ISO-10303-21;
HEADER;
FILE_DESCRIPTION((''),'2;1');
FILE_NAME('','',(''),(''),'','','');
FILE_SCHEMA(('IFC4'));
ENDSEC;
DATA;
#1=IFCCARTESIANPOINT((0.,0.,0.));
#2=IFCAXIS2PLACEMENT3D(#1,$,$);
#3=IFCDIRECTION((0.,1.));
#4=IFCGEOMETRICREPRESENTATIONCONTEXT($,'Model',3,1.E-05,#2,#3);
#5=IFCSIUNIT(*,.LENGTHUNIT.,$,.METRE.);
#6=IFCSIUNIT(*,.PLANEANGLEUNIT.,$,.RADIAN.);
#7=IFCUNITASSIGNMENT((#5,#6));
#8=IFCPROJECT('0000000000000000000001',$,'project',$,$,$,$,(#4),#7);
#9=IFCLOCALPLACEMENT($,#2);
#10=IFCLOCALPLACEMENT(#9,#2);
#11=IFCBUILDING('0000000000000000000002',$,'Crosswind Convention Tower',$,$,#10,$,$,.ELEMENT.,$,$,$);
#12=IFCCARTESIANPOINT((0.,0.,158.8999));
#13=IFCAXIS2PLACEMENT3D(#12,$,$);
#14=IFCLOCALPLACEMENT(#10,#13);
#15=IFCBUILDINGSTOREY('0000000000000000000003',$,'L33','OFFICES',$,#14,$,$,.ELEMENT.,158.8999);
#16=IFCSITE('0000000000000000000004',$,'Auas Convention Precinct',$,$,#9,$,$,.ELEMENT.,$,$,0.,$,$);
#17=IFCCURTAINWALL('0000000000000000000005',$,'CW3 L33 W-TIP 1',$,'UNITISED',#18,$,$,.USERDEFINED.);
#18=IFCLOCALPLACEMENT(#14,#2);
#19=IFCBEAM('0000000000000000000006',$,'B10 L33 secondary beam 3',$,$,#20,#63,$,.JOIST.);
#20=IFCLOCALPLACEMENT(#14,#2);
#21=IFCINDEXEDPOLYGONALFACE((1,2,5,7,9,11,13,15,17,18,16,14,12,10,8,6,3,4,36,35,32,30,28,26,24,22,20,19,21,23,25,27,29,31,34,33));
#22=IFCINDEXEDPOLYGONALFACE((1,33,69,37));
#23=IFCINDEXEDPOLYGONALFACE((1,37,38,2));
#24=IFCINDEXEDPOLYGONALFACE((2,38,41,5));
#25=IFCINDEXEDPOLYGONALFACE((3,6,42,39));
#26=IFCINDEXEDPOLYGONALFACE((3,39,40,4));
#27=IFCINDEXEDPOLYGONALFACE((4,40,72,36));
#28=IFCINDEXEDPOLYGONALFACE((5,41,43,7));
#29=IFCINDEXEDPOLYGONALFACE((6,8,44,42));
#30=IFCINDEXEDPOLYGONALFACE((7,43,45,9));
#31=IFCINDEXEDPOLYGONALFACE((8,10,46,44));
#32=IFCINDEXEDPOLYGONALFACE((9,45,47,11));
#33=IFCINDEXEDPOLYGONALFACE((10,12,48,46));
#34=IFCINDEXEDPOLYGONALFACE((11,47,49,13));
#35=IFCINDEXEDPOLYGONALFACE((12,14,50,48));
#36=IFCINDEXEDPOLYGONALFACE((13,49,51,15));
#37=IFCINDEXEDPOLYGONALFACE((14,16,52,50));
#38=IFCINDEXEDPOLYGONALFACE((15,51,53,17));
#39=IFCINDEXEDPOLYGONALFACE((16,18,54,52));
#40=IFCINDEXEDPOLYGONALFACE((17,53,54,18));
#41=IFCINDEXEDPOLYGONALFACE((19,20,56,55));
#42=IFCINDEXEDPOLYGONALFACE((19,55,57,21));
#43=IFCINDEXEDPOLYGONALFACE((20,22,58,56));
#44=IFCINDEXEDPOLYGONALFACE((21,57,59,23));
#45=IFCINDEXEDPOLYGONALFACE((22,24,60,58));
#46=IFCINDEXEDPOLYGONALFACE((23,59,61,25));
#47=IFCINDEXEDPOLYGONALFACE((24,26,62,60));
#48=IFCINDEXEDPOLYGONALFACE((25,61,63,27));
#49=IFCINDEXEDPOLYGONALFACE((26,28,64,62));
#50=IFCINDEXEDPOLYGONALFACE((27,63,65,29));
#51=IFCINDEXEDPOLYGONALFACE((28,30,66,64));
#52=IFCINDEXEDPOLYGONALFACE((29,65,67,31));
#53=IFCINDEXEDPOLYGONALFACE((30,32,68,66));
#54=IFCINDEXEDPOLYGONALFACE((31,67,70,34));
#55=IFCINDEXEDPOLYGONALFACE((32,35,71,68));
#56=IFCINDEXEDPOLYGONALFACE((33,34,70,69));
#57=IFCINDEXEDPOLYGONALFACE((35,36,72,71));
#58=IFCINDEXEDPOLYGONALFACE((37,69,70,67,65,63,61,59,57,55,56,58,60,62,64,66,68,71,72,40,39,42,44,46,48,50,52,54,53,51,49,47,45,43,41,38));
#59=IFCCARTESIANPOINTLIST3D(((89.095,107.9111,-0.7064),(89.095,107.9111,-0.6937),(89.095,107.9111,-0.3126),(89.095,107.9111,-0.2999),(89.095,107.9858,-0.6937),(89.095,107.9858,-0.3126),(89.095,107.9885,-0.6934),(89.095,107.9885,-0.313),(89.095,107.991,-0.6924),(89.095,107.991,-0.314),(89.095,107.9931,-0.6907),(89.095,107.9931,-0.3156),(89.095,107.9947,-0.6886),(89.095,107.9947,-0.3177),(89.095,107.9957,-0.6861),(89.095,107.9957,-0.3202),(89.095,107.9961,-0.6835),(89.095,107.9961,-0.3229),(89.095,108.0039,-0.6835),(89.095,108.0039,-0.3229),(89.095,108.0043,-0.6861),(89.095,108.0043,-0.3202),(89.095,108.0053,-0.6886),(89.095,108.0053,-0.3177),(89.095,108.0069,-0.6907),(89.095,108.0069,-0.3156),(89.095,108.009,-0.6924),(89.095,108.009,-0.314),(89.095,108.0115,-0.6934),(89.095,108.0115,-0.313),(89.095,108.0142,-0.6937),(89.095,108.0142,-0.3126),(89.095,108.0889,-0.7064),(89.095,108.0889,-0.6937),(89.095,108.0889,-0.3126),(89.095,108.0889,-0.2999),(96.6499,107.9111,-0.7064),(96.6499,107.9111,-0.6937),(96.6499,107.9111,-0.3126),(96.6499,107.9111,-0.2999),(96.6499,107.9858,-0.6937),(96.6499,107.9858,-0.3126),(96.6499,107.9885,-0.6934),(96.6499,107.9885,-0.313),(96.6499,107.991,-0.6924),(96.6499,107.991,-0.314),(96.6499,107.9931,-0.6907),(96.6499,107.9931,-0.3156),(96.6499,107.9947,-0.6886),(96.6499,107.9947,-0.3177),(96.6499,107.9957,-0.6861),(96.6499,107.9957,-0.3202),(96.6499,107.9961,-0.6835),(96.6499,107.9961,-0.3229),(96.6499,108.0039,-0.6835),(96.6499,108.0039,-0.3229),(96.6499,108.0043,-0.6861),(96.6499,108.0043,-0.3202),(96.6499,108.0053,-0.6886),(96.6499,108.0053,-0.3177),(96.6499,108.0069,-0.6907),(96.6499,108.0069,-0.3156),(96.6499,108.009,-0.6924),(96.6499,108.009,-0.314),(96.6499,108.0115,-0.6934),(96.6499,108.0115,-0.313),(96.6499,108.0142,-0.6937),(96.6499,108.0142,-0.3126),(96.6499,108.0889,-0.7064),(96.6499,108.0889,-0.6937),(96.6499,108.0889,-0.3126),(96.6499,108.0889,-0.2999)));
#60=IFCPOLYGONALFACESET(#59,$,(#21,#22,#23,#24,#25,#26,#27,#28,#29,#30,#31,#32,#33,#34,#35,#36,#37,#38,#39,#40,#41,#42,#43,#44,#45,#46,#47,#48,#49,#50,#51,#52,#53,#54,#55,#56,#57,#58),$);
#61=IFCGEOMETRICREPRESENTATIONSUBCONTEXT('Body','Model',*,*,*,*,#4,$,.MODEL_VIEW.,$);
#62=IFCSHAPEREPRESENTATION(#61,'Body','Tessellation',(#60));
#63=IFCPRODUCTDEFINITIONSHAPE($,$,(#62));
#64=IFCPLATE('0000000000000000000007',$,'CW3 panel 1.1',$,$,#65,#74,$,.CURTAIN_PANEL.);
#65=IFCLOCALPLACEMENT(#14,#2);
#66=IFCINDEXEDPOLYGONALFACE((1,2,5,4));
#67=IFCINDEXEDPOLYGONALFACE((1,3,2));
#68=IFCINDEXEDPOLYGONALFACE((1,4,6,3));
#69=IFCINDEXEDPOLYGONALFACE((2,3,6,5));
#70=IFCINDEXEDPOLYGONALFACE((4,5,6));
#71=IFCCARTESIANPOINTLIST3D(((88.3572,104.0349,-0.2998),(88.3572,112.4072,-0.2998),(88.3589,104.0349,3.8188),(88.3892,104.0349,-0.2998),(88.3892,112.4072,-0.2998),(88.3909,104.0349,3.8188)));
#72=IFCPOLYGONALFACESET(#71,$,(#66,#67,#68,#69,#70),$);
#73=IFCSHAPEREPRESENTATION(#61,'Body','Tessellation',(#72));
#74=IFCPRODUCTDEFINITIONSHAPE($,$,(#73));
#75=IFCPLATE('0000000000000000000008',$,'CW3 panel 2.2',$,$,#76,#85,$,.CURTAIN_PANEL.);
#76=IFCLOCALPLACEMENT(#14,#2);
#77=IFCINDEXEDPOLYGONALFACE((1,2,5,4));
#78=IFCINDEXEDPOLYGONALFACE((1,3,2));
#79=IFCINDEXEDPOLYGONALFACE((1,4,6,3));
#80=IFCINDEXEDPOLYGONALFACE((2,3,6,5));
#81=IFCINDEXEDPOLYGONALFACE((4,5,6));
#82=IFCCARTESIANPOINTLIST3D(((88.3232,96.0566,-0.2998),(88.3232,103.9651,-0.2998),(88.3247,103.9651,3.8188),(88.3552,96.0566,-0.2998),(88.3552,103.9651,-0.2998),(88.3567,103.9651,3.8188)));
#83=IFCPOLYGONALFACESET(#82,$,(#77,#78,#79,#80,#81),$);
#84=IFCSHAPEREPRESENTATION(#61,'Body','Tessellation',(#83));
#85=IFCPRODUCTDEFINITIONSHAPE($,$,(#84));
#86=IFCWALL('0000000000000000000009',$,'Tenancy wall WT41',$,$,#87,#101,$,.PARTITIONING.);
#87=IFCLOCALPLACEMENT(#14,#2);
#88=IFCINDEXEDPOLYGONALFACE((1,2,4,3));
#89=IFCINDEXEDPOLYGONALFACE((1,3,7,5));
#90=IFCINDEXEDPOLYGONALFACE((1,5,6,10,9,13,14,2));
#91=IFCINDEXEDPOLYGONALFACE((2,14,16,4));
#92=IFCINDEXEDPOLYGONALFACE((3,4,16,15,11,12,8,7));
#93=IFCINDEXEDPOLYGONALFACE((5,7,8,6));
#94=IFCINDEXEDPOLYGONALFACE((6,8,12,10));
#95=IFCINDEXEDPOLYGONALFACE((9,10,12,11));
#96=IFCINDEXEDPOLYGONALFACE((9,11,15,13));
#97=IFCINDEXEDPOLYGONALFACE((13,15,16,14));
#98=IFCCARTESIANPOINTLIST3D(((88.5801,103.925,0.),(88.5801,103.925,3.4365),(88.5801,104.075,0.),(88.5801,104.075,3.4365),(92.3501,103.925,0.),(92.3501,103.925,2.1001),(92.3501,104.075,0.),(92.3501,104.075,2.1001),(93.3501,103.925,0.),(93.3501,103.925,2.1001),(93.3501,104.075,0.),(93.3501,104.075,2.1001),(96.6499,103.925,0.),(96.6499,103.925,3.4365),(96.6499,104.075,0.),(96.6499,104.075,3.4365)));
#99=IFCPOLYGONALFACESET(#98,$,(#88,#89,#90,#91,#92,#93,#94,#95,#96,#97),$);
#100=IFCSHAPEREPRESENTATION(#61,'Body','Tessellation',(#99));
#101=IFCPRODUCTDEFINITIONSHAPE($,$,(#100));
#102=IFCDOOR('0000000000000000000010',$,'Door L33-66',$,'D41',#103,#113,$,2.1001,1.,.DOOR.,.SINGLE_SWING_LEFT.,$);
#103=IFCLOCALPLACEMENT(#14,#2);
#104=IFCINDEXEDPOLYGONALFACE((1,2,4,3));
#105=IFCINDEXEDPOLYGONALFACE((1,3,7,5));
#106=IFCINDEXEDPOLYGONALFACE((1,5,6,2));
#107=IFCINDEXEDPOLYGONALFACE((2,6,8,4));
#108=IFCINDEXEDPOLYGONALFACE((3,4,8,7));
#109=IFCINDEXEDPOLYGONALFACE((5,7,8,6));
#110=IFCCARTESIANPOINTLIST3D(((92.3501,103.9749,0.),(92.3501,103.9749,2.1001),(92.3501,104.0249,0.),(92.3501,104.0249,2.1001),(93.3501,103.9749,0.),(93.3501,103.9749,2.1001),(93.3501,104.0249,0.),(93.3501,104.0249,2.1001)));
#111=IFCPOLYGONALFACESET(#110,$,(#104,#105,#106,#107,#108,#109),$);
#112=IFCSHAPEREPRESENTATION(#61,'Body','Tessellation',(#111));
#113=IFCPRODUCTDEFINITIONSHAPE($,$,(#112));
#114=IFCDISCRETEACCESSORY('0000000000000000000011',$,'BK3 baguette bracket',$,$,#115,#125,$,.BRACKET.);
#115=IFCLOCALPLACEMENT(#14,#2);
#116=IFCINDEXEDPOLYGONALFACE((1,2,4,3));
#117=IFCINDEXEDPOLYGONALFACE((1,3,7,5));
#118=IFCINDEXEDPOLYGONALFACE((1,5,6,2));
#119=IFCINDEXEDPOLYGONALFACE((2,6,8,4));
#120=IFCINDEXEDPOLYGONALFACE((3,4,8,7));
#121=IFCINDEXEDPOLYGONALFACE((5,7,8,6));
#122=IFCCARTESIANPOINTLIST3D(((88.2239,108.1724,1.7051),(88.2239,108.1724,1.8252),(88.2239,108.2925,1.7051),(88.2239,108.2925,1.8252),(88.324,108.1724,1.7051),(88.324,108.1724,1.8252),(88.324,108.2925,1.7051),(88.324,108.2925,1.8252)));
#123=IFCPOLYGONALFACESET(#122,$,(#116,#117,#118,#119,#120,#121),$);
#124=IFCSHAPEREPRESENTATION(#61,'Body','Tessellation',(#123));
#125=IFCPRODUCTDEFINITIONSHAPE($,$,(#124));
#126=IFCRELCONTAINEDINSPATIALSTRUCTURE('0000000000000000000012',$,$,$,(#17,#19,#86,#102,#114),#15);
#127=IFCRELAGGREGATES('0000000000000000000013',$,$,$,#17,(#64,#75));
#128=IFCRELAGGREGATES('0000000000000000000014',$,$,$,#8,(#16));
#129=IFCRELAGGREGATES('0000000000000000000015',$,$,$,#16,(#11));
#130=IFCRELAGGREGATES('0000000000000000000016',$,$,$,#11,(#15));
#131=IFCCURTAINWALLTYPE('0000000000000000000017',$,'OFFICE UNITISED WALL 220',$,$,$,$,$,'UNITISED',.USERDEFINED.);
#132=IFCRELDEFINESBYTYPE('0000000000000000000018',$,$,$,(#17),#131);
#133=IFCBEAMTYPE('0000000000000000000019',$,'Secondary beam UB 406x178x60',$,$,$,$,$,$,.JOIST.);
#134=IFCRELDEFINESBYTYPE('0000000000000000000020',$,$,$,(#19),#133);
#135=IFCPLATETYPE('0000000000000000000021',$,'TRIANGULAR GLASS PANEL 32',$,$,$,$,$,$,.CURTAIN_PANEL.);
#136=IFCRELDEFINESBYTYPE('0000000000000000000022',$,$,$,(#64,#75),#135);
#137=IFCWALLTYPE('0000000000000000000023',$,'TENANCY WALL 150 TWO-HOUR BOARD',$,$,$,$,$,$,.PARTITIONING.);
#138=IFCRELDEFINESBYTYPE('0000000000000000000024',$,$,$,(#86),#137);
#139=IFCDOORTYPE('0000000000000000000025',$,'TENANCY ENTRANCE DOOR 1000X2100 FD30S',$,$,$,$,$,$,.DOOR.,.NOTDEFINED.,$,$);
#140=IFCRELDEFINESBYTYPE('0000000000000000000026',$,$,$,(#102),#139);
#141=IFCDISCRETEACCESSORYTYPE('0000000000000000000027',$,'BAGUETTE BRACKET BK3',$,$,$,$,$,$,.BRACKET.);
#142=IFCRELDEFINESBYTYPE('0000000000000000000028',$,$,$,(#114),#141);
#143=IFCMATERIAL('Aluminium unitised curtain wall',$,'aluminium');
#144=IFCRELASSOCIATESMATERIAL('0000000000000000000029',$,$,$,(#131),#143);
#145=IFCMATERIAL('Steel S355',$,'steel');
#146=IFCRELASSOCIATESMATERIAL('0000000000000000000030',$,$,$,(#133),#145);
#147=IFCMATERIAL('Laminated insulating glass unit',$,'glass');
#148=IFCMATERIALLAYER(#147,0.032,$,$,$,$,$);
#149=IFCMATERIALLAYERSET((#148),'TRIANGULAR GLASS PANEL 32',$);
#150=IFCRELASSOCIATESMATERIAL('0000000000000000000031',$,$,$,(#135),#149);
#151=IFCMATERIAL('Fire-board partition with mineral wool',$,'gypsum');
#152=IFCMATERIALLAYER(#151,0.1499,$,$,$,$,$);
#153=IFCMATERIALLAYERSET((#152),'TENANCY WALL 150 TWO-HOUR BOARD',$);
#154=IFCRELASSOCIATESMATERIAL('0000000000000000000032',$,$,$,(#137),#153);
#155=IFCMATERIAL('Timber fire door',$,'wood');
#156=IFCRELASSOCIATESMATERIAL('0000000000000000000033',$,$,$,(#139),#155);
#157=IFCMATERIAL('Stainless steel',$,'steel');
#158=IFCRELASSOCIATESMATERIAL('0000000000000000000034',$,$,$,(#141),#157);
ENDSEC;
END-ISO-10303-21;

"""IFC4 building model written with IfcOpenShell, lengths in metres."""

from ifc_helpers import new_model, si_unit, direction, frame, frame_2d, origin, origin_2d, place, context, subcontext, project, spatial, polyline, rectangle, i_section, outline, extrude, material, layer, layer_set, material_profile, profile_set, type_object, element, fill, aggregate, save


model = new_model("IFC4")

# Units and contexts
model_context = context("Model", 3, precision=1e-05, world=origin(), true_north=direction((0.0, 1.0)))
body_context = subcontext(model_context, "Body", "Model", "MODEL_VIEW")
ifc_project = project(units=[si_unit("LENGTHUNIT", "METRE"), si_unit("PLANEANGLEUNIT", "RADIAN")], contexts=[model_context])

# Site, building, storey
site_placement = place(None, origin())
site = spatial("IfcSite", under=ifc_project, at=site_placement, Name="Auas Convention Precinct", CompositionType="ELEMENT", RefElevation=0.0)
building_placement = place(site_placement, origin())
building = spatial("IfcBuilding", under=site, at=building_placement, Name="Crosswind Convention Tower", CompositionType="ELEMENT")
storey_placement = place(building_placement, frame((0.0, 0.0, 158.8999)))
storey = spatial("IfcBuildingStorey", under=building, at=storey_placement, Name="L33", Description="OFFICES", CompositionType="ELEMENT", Elevation=158.8999)

# Shared definitions
ifc_material_1 = material(Name="Steel S355", Category="steel")

# Curtain wall
ifc_material_2 = material(Name="Aluminium unitised curtain wall", Category="aluminium")
curtain_wall_type = type_object("IfcCurtainWallType", Name="OFFICE UNITISED WALL 220", ElementType="UNITISED", PredefinedType="USERDEFINED", material=ifc_material_2)
curtain_wall_placement = place(storey_placement, origin())
curtain_wall = element("IfcCurtainWall", 1, at=curtain_wall_placement, inside=storey, type_object=curtain_wall_type, Name="CW3 L33 W-TIP 1", ObjectType="UNITISED", PredefinedType="USERDEFINED")

# Beam
ifc_material_profile_1 = material_profile(ifc_material_1, i_section(OverallWidth=0.1777, OverallDepth=0.4065, WebThickness=0.0078, FlangeThickness=0.0127, FilletRadius=0.0103, at=origin_2d()), Name="UB 406x178x60")
ifc_profile_set_1 = profile_set([ifc_material_profile_1], Name="Steel S355")
beam_type_1 = type_object("IfcBeamType", Name="Secondary beam UB 406x178x60", PredefinedType="JOIST", material=ifc_profile_set_1)
for number, where, z_axis, x_axis, name in (
    (2, (89.095, 108.0, -0.5032), (1.0, 0.0, 0.0), (0.0, 1.0, 0.0), "B10 L33 secondary beam 3"),
):
    element("IfcBeam", number, at=place(storey_placement, frame(where, z_axis=z_axis, x_axis=x_axis)), inside=storey, type_object=beam_type_1, Name=name, PredefinedType="JOIST", context=body_context, shape_type="SweptSolid", body=[
        extrude(i_section(OverallWidth=0.1777, OverallDepth=0.4065, WebThickness=0.0078, FlangeThickness=0.0127, FilletRadius=0.0103, at=origin_2d()), origin(), (0.0, 0.0, 1.0), 7.5549),
    ])

# Plates
ifc_material_3 = material(Name="Laminated insulating glass unit", Category="glass")
ifc_layer_1 = layer(ifc_material_3, 0.032)
ifc_layer_set_1 = layer_set([ifc_layer_1], Name="TRIANGULAR GLASS PANEL 32")
plate_type = type_object("IfcPlateType", Name="TRIANGULAR GLASS PANEL 32", PredefinedType="CURTAIN_PANEL", material=ifc_layer_set_1)
plate_1_placement = place(storey_placement, frame((88.3572, 104.0349, -0.2998), z_axis=(-1.0, 0.0, 0.000415), x_axis=(0.000415, 0.0, 1.0)))
plate_1 = element("IfcPlate", 3, at=plate_1_placement, type_object=plate_type, Name="CW3 panel 1.1", PredefinedType="CURTAIN_PANEL", context=body_context, shape_type="SweptSolid", body=[
    extrude(outline(polyline([(0.0, 0.0), (4.1187, 0.0), (0.0, 8.3723), (0.0, 0.0)])), origin(), (0.0, 0.0, -1.0), 0.032),
])
plate_2_placement = place(storey_placement, frame((88.3232, 103.9651, -0.2998), z_axis=(-1.0, 0.0, 0.000356), x_axis=(0.0, -1.0, 0.0)))
plate_2 = element("IfcPlate", 4, at=plate_2_placement, type_object=plate_type, Name="CW3 panel 2.2", PredefinedType="CURTAIN_PANEL", context=body_context, shape_type="SweptSolid", body=[
    extrude(outline(polyline([(0.0, 0.0), (7.9084, 0.0), (0.0, 4.1187), (0.0, 0.0)])), origin(), (0.0, 0.0, -1.0), 0.032),
])
aggregate(curtain_wall, [plate_1, plate_2])

# Wall, opening, door
ifc_material_4 = material(Name="Fire-board partition with mineral wool", Category="gypsum")
ifc_layer_2 = layer(ifc_material_4, 0.1499)
ifc_layer_set_2 = layer_set([ifc_layer_2], Name="TENANCY WALL 150 TWO-HOUR BOARD")
wall_type = type_object("IfcWallType", Name="TENANCY WALL 150 TWO-HOUR BOARD", PredefinedType="PARTITIONING", material=ifc_layer_set_2)
wall_placement = place(storey_placement, frame((88.5801, 104.0, 0.0), z_axis=(0.0, 0.0, 1.0), x_axis=(1.0, 0.0, 0.0)))
wall = element("IfcWall", 5, at=wall_placement, inside=storey, type_object=wall_type, Name="Tenancy wall WT41", PredefinedType="PARTITIONING", context=body_context, shape_type="SweptSolid", body=[
    extrude(rectangle(XDim=8.0698, YDim=0.1499, at=frame_2d((4.0349, 0.0))), origin(), (0.0, 0.0, 1.0), 3.4365),
])
opening_placement = place(wall_placement, frame((3.77, 0.0, 0.0)))
opening = element("IfcOpeningElement", 6, at=opening_placement, cuts=wall, PredefinedType="OPENING", context=body_context, shape_type="SweptSolid", body=[
    extrude(rectangle(XDim=1.0, YDim=2.1001, at=frame_2d((0.5, 1.05))), frame((0.0, 0.085, 0.0), z_axis=(0.0, -1.0, 0.0), x_axis=(1.0, 0.0, 0.0)), (0.0, 0.0, 1.0), 0.1699),
])
ifc_material_5 = material(Name="Timber fire door", Category="wood")
door_type = type_object("IfcDoorType", Name="TENANCY ENTRANCE DOOR 1000X2100 FD30S", OperationType="NOTDEFINED", PredefinedType="DOOR", material=ifc_material_5)
door_placement = place(opening_placement, origin())
door = element("IfcDoor", 7, at=door_placement, inside=storey, type_object=door_type, Name="Door L33-66", ObjectType="D41", OperationType="SINGLE_SWING_LEFT", OverallHeight=2.1001, OverallWidth=1.0, PredefinedType="DOOR", context=body_context, shape_type="SweptSolid", body=[
    extrude(rectangle(XDim=1.0, YDim=2.1001, at=frame_2d((0.5, 1.05))), frame((0.0, 0.0249, 0.0), z_axis=(0.0, -1.0, 0.0), x_axis=(1.0, 0.0, 0.0)), (0.0, 0.0, 1.0), 0.05),
])
fill(opening, door)

# Discrete accessory
ifc_material_6 = material(Name="Stainless steel", Category="steel")
discrete_accessory_type = type_object("IfcDiscreteAccessoryType", Name="BAGUETTE BRACKET BK3", PredefinedType="BRACKET", material=ifc_material_6)
discrete_accessory_placement = place(storey_placement, frame((88.2739, 108.2324, 1.7051), z_axis=(0.0, 0.0, 1.0), x_axis=(0.0, -1.0, 0.0)))
element("IfcDiscreteAccessory", 8, at=discrete_accessory_placement, inside=storey, type_object=discrete_accessory_type, Name="BK3 baguette bracket", PredefinedType="BRACKET", context=body_context, shape_type="SweptSolid", body=[
    extrude(rectangle(XDim=0.1201, YDim=0.1001, at=origin_2d()), origin(), (0.0, 0.0, 1.0), 0.1201),
])

save(model, "model.ifc")
